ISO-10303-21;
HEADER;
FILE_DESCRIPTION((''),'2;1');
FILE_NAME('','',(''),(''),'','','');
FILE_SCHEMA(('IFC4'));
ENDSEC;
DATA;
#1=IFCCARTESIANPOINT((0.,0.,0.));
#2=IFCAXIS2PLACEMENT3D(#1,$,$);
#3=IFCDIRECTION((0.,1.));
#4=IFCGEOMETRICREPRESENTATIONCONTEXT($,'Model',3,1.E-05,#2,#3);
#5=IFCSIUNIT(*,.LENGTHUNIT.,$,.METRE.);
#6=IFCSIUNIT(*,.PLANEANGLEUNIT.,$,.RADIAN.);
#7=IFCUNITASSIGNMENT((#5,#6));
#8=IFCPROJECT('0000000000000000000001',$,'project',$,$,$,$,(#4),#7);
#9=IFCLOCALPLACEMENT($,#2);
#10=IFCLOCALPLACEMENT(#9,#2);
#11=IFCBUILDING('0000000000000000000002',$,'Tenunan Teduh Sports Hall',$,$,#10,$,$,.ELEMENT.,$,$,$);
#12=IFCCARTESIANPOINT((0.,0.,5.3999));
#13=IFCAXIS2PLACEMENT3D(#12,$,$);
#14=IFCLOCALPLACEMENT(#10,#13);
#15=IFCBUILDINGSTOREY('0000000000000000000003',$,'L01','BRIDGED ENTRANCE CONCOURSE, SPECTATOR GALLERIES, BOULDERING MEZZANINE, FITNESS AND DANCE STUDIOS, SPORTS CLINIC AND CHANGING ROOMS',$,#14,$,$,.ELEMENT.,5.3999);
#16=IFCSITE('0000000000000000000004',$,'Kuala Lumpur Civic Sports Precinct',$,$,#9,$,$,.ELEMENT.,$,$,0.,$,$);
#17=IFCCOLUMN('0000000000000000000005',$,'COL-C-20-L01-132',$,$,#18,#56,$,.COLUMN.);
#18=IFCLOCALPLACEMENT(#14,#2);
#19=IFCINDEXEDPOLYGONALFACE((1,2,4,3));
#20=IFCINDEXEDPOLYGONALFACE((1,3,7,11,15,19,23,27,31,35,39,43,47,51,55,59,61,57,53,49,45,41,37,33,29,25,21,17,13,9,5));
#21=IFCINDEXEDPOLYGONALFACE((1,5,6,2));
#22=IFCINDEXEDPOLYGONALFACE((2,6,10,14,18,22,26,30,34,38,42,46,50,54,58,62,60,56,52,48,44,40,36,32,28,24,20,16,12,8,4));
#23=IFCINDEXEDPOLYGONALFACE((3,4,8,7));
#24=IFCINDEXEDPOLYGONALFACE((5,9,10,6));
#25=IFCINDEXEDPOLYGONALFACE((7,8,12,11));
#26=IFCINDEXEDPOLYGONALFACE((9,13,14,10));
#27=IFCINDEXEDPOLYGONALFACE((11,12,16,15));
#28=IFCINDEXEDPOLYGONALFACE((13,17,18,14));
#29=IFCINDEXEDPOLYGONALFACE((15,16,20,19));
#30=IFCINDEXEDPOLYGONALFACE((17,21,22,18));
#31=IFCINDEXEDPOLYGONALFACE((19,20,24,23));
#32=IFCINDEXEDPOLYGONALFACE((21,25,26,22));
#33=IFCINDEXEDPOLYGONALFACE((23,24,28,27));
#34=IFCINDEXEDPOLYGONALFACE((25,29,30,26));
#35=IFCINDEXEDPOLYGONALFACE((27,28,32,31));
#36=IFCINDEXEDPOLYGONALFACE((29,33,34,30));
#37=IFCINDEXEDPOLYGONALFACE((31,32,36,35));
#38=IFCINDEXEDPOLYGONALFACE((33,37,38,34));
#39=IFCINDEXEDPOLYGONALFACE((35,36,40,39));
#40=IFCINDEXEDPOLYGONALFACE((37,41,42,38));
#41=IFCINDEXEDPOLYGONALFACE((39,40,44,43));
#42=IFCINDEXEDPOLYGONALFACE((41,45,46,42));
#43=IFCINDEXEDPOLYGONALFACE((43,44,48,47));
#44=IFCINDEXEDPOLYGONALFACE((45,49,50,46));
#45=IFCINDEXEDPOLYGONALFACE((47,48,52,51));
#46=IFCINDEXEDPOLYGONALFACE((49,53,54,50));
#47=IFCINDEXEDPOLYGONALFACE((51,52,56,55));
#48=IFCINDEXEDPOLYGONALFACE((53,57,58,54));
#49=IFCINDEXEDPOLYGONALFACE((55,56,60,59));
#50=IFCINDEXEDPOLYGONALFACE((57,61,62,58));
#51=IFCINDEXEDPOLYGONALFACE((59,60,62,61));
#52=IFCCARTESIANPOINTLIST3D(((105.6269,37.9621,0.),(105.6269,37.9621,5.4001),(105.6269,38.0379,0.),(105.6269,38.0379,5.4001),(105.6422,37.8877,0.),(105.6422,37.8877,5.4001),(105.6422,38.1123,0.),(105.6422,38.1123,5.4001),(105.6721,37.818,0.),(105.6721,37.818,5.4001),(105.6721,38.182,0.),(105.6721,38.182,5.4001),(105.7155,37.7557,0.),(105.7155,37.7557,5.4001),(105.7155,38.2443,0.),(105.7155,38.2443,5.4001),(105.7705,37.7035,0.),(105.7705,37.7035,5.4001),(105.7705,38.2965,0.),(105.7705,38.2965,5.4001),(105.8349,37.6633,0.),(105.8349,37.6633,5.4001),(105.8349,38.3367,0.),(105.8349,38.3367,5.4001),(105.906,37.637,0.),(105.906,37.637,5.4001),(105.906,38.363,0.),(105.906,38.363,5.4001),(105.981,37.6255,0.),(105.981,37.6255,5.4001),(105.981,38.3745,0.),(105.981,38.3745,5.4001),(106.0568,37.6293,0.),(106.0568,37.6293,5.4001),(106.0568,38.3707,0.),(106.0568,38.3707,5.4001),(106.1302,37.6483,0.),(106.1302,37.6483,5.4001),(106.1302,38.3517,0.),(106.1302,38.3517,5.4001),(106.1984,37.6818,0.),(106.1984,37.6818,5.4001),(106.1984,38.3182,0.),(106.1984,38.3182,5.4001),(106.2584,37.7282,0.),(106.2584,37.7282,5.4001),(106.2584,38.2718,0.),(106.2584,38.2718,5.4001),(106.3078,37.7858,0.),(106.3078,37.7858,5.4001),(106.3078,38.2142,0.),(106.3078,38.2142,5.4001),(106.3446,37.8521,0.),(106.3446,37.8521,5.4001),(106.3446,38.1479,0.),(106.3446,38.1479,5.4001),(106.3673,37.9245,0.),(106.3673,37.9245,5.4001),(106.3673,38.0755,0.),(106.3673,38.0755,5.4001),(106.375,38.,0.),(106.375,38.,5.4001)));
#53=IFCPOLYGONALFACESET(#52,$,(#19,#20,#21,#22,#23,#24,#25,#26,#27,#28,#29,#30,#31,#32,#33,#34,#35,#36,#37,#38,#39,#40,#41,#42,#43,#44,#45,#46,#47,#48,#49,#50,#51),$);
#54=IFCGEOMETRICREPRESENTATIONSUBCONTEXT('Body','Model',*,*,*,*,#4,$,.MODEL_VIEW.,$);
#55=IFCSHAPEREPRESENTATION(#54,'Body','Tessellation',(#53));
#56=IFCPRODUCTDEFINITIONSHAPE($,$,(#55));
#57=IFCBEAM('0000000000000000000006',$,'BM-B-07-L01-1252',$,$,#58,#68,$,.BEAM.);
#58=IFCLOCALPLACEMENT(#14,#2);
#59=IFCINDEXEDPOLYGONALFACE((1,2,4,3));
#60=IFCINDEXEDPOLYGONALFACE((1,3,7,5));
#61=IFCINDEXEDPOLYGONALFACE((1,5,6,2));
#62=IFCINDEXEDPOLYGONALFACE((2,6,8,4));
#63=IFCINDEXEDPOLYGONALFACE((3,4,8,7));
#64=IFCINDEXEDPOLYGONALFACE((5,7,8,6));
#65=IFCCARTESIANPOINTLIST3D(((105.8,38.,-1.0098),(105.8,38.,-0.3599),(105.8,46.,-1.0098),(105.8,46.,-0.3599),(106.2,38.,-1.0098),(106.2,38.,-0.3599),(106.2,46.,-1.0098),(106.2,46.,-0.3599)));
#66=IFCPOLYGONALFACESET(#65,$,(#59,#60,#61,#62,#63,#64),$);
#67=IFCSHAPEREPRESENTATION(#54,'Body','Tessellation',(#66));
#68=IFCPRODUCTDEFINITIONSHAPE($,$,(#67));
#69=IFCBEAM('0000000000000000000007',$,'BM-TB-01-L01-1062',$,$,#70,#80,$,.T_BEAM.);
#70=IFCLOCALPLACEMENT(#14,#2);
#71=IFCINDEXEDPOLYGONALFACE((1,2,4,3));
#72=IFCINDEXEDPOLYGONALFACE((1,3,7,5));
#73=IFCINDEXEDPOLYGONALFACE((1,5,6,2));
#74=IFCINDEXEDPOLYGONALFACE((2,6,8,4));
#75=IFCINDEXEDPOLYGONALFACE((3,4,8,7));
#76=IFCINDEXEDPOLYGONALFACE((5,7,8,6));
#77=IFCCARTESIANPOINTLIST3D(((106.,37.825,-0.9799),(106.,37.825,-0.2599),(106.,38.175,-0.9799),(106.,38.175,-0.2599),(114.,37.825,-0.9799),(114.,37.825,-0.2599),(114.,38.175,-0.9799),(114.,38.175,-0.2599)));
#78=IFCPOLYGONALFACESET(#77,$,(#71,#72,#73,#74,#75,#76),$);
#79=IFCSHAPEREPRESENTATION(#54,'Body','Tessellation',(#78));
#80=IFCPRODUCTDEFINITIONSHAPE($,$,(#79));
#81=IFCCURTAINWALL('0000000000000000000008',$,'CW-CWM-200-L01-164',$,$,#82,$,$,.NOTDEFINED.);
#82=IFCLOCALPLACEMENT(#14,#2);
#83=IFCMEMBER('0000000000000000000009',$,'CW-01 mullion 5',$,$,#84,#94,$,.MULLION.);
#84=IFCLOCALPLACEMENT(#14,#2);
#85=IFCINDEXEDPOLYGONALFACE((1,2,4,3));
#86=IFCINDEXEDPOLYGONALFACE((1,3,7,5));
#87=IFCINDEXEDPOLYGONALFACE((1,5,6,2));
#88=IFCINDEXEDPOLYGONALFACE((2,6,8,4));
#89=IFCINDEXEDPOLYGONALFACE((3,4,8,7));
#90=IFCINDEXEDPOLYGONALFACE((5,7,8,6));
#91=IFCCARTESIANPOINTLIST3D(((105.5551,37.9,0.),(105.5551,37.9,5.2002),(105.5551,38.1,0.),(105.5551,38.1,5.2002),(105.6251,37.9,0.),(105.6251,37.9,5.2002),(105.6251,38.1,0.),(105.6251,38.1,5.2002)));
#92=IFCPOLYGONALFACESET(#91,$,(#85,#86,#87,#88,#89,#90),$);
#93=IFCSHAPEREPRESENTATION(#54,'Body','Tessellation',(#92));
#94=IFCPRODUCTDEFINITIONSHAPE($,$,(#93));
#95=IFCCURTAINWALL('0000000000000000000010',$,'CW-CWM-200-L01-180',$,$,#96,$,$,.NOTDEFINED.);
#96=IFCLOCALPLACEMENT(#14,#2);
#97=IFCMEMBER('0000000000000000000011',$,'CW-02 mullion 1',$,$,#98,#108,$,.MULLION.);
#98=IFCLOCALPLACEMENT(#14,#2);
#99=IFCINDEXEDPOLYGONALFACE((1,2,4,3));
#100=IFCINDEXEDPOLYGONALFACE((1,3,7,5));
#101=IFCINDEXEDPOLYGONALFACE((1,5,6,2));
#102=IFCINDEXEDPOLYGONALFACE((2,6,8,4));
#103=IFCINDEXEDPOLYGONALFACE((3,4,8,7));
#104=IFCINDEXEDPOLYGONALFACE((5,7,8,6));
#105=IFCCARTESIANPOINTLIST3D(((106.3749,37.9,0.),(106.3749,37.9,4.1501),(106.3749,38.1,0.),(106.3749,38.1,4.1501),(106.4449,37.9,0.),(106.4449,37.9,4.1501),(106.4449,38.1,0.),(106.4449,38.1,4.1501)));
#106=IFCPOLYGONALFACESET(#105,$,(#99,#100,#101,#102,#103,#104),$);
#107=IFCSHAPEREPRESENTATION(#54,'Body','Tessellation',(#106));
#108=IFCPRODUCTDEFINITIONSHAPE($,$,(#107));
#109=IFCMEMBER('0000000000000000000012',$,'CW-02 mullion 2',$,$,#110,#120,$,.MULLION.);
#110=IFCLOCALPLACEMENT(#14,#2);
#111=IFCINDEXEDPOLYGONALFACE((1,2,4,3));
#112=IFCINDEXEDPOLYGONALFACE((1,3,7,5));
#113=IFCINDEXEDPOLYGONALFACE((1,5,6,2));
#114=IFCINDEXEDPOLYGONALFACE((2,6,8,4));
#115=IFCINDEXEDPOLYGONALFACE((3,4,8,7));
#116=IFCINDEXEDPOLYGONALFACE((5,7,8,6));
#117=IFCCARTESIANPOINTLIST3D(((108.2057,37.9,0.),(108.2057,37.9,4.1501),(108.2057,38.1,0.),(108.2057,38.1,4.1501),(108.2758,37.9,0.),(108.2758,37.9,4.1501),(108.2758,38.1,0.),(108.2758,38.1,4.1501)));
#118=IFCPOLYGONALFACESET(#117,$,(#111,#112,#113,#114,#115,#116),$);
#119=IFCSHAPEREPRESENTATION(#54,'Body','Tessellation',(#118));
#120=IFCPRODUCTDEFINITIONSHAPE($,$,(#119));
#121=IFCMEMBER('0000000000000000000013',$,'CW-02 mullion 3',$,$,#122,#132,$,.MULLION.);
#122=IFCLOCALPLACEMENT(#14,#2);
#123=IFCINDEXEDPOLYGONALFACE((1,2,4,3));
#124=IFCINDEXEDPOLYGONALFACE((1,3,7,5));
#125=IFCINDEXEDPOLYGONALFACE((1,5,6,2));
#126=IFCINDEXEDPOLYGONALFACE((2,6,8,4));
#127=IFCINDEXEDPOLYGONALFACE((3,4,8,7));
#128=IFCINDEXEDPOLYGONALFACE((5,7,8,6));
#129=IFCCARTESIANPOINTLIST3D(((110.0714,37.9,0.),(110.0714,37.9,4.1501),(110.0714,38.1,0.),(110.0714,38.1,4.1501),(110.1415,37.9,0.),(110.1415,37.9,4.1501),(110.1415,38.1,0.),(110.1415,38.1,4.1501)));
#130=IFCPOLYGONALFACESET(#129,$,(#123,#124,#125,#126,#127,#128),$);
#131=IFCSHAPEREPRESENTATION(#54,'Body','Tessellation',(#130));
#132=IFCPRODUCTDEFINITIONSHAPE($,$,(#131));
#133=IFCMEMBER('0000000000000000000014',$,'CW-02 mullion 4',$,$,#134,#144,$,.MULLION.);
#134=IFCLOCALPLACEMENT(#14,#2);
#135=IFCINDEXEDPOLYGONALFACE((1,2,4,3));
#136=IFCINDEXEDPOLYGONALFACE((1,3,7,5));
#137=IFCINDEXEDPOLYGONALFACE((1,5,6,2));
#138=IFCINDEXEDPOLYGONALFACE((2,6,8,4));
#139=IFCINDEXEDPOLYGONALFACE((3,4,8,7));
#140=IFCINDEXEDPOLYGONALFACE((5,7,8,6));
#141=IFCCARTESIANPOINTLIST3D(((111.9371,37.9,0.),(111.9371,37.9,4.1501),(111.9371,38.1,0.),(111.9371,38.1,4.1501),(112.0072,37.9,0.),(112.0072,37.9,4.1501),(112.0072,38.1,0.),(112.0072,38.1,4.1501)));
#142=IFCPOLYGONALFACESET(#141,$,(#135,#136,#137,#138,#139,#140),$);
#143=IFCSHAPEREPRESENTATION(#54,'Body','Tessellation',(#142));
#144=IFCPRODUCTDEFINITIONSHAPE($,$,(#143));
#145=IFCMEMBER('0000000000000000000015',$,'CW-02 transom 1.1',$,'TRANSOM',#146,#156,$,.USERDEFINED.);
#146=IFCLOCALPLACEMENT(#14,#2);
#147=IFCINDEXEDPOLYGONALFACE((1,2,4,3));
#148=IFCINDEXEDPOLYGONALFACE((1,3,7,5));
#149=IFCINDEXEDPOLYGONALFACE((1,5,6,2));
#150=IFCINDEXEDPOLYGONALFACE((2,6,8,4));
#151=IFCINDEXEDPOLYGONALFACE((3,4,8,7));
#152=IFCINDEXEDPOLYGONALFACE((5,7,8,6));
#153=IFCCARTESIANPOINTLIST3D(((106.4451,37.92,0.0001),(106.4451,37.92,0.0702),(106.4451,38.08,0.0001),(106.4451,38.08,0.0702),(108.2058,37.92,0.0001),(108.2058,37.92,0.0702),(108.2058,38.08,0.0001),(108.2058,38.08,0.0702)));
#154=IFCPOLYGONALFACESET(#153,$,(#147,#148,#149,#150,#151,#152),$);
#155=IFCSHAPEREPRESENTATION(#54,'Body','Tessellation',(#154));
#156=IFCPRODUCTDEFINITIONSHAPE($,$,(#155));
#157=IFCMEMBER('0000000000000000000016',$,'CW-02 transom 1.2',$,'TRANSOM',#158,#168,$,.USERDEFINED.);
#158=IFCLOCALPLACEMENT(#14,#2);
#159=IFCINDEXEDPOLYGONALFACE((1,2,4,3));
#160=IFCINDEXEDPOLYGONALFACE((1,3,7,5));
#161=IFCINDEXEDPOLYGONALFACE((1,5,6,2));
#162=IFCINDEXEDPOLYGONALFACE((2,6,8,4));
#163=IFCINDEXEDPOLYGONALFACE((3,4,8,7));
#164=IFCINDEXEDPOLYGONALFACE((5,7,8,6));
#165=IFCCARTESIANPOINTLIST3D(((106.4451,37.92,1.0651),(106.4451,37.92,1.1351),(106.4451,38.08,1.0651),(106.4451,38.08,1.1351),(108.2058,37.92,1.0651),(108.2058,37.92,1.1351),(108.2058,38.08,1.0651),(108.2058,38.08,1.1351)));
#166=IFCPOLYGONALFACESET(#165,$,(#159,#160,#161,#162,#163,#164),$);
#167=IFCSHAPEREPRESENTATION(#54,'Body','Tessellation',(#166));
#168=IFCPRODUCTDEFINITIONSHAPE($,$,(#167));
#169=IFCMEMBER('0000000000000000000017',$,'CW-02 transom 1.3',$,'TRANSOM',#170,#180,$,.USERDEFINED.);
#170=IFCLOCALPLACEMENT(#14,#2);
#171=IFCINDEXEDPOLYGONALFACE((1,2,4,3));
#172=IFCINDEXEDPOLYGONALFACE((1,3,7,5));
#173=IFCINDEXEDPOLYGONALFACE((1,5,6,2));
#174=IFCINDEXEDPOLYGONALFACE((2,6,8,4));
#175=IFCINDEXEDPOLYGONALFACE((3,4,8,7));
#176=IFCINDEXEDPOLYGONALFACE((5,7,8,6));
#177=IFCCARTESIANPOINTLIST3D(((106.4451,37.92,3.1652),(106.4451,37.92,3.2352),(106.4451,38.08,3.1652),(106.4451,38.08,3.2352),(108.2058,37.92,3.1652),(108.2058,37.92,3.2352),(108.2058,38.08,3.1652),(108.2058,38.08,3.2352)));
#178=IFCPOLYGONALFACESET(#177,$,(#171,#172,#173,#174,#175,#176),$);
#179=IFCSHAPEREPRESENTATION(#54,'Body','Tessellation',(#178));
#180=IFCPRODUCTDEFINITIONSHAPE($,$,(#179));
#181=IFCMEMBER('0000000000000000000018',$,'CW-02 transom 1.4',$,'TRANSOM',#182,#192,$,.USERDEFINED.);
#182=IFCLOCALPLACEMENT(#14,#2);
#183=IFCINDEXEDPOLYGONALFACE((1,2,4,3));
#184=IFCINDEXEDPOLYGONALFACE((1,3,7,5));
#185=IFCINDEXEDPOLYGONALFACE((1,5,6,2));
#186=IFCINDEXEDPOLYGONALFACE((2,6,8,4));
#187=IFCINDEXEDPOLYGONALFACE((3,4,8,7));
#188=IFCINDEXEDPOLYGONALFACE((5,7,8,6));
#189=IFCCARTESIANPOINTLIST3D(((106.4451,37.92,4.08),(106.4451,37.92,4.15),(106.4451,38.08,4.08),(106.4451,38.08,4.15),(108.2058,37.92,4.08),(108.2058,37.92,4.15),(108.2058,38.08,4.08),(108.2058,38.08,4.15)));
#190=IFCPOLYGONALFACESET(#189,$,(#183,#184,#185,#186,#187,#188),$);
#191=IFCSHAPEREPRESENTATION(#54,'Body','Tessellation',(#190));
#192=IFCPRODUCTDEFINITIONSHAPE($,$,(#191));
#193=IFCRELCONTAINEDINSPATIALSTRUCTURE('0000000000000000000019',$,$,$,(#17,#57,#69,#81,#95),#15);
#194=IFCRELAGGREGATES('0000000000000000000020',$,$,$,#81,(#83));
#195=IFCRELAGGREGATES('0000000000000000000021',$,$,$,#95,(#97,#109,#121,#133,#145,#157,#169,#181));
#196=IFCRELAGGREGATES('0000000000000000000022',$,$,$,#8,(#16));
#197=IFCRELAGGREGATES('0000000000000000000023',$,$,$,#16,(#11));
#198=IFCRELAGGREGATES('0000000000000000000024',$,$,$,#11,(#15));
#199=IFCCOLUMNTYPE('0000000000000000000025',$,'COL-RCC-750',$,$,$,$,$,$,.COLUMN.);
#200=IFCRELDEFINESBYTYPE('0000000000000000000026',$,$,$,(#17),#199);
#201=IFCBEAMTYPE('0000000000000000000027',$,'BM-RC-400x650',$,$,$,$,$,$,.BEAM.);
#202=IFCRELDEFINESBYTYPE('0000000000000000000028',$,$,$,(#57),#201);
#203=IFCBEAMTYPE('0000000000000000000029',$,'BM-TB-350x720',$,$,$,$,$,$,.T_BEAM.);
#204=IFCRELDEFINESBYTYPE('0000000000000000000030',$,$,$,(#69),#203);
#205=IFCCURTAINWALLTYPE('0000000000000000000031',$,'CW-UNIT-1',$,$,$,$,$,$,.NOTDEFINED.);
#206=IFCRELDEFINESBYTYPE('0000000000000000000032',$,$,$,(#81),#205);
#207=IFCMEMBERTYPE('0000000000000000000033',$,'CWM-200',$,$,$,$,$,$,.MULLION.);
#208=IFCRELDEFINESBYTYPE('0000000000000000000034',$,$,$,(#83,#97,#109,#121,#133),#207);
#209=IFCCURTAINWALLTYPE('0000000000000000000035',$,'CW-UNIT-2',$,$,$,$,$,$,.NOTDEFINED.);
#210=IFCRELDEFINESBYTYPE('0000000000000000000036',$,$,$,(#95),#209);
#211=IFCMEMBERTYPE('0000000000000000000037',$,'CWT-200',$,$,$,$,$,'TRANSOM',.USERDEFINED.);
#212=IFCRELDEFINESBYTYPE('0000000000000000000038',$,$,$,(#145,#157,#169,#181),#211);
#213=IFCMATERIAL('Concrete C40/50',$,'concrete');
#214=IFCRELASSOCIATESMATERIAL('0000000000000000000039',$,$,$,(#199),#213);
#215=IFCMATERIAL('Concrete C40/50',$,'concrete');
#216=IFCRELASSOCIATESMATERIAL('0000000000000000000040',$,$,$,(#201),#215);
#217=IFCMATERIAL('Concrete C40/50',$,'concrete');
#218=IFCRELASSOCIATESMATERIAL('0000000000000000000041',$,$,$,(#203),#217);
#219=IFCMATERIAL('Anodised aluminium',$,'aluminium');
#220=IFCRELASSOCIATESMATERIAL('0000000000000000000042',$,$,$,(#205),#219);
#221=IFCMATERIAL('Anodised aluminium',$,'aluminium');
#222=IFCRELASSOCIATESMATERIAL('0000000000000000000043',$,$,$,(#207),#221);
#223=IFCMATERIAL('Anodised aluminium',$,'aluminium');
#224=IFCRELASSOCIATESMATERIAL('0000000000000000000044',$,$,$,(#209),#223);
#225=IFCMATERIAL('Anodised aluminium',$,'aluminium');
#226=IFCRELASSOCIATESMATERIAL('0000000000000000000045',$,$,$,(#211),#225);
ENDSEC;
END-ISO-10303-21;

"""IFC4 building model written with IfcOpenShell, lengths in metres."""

from ifc_helpers import new_model, si_unit, direction, frame, origin, origin_2d, place, context, subcontext, project, spatial, rectangle, circle, extrude, material, material_profile, profile_set, type_object, element, aggregate, save


model = new_model("IFC4")

# Units and contexts
model_context = context("Model", 3, precision=1e-05, world=origin(), true_north=direction((0.0, 1.0)))
body_context = subcontext(model_context, "Body", "Model", "MODEL_VIEW")
ifc_project = project(units=[si_unit("LENGTHUNIT", "METRE"), si_unit("PLANEANGLEUNIT", "RADIAN")], contexts=[model_context])

# Site, building, storey
site_placement = place(None, origin())
site = spatial("IfcSite", under=ifc_project, at=site_placement, Name="Kuala Lumpur Civic Sports Precinct", CompositionType="ELEMENT", RefElevation=0.0)
building_placement = place(site_placement, origin())
building = spatial("IfcBuilding", under=site, at=building_placement, Name="Tenunan Teduh Sports Hall", CompositionType="ELEMENT")
storey_placement = place(building_placement, frame((0.0, 0.0, 5.3999)))
storey = spatial("IfcBuildingStorey", under=building, at=storey_placement, Name="L01", Description="BRIDGED ENTRANCE CONCOURSE, SPECTATOR GALLERIES, BOULDERING MEZZANINE, FITNESS AND DANCE STUDIOS, SPORTS CLINIC AND CHANGING ROOMS", CompositionType="ELEMENT", Elevation=5.3999)

# Column
ifc_material_1 = material(Name="Concrete C40/50", Category="concrete")
ifc_material_profile_1 = material_profile(ifc_material_1, circle(Radius=0.375, at=origin_2d()), Name="RCC D750")
ifc_profile_set_1 = profile_set([ifc_material_profile_1], Name="Concrete C40/50")
column_type = type_object("IfcColumnType", Name="COL-RCC-750", PredefinedType="COLUMN", material=ifc_profile_set_1)
column_placement = place(storey_placement, frame((106.0, 38.0, 0.0), z_axis=(0.0, 0.0, 1.0), x_axis=(1.0, 0.0, 0.0)))
element("IfcColumn", 1, at=column_placement, inside=storey, type_object=column_type, Name="COL-C-20-L01-132", PredefinedType="COLUMN", context=body_context, shape_type="SweptSolid", body=[
    extrude(circle(Radius=0.375, at=origin_2d()), origin(), (0.0, 0.0, 1.0), 5.4001),
])

# Beams
ifc_material_2 = material(Name="Concrete C40/50", Category="concrete")
ifc_material_profile_2 = material_profile(ifc_material_2, rectangle(XDim=0.3999, YDim=0.6499, at=origin_2d()), Name="RCB 400x650")
ifc_profile_set_2 = profile_set([ifc_material_profile_2], Name="Concrete C40/50")
beam_type_1 = type_object("IfcBeamType", Name="BM-RC-400x650", PredefinedType="BEAM", material=ifc_profile_set_2)
beam_1_placement = place(storey_placement, frame((106.0, 38.0, -0.6848), z_axis=(0.0, 1.0, 0.0), x_axis=(-1.0, 0.0, 0.0)))
element("IfcBeam", 2, at=beam_1_placement, inside=storey, type_object=beam_type_1, Name="BM-B-07-L01-1252", PredefinedType="BEAM", context=body_context, shape_type="SweptSolid", body=[
    extrude(rectangle(XDim=0.3999, YDim=0.6499, at=origin_2d()), origin(), (0.0, 0.0, 1.0), 8.0),
])
ifc_material_3 = material(Name="Concrete C40/50", Category="concrete")
ifc_material_profile_3 = material_profile(ifc_material_3, rectangle(XDim=0.3501, YDim=0.72, at=origin_2d()), Name="TB 350x720")
ifc_profile_set_3 = profile_set([ifc_material_profile_3], Name="Concrete C40/50")
beam_type_2 = type_object("IfcBeamType", Name="BM-TB-350x720", PredefinedType="T_BEAM", material=ifc_profile_set_3)
beam_2_placement = place(storey_placement, frame((106.0, 38.0, -0.6199), z_axis=(1.0, 0.0, 0.0), x_axis=(0.0, 1.0, 0.0)))
element("IfcBeam", 3, at=beam_2_placement, inside=storey, type_object=beam_type_2, Name="BM-TB-01-L01-1062", PredefinedType="T_BEAM", context=body_context, shape_type="SweptSolid", body=[
    extrude(rectangle(XDim=0.3501, YDim=0.72, at=origin_2d()), origin(), (0.0, 0.0, 1.0), 8.0),
])

# Curtain wall, member
ifc_material_4 = material(Name="Anodised aluminium", Category="aluminium")
curtain_wall_type_1 = type_object("IfcCurtainWallType", Name="CW-UNIT-1", PredefinedType="NOTDEFINED", material=ifc_material_4)
curtain_wall_1_placement = place(storey_placement, origin())
curtain_wall_1 = element("IfcCurtainWall", 4, at=curtain_wall_1_placement, inside=storey, type_object=curtain_wall_type_1, Name="CW-CWM-200-L01-164", PredefinedType="NOTDEFINED")
ifc_material_5 = material(Name="Anodised aluminium", Category="aluminium")
ifc_material_profile_4 = material_profile(ifc_material_5, rectangle(XDim=0.0701, YDim=0.2, at=origin_2d()), Name="CWM 70x200")
ifc_profile_set_4 = profile_set([ifc_material_profile_4], Name="Anodised aluminium")
member_type_1 = type_object("IfcMemberType", Name="CWM-200", PredefinedType="MULLION", material=ifc_profile_set_4)
member_1_placement = place(storey_placement, frame((105.5901, 38.0, 0.0), z_axis=(0.0, 0.0, 1.0), x_axis=(1.0, 0.0, 0.0)))
member_1 = element("IfcMember", 5, at=member_1_placement, type_object=member_type_1, Name="CW-01 mullion 5", PredefinedType="MULLION", context=body_context, shape_type="SweptSolid", body=[
    extrude(rectangle(XDim=0.0701, YDim=0.2, at=origin_2d()), origin(), (0.0, 0.0, 1.0), 5.2002),
])
aggregate(curtain_wall_1, [member_1])

# Curtain wall, members
ifc_material_6 = material(Name="Anodised aluminium", Category="aluminium")
curtain_wall_type_2 = type_object("IfcCurtainWallType", Name="CW-UNIT-2", PredefinedType="NOTDEFINED", material=ifc_material_6)
curtain_wall_2_placement = place(storey_placement, origin())
curtain_wall_2 = element("IfcCurtainWall", 6, at=curtain_wall_2_placement, inside=storey, type_object=curtain_wall_type_2, Name="CW-CWM-200-L01-180", PredefinedType="NOTDEFINED")
member_2_placement = place(storey_placement, frame((106.4099, 38.0, 0.0), z_axis=(0.0, 0.0, 1.0), x_axis=(1.0, 0.0, 0.0)))
member_2 = element("IfcMember", 7, at=member_2_placement, type_object=member_type_1, Name="CW-02 mullion 1", PredefinedType="MULLION", context=body_context, shape_type="SweptSolid", body=[
    extrude(rectangle(XDim=0.0701, YDim=0.2, at=origin_2d()), origin(), (0.0, 0.0, 1.0), 4.1501),
])
member_3_placement = place(storey_placement, frame((108.2407, 38.0, 0.0), z_axis=(0.0, 0.0, 1.0), x_axis=(1.0, 0.0, 0.0)))
member_3 = element("IfcMember", 8, at=member_3_placement, type_object=member_type_1, Name="CW-02 mullion 2", PredefinedType="MULLION", context=body_context, shape_type="SweptSolid", body=[
    extrude(rectangle(XDim=0.0701, YDim=0.2, at=origin_2d()), origin(), (0.0, 0.0, 1.0), 4.1501),
])
member_4_placement = place(storey_placement, frame((110.1064, 38.0, 0.0), z_axis=(0.0, 0.0, 1.0), x_axis=(1.0, 0.0, 0.0)))
member_4 = element("IfcMember", 9, at=member_4_placement, type_object=member_type_1, Name="CW-02 mullion 3", PredefinedType="MULLION", context=body_context, shape_type="SweptSolid", body=[
    extrude(rectangle(XDim=0.0701, YDim=0.2, at=origin_2d()), origin(), (0.0, 0.0, 1.0), 4.1501),
])
member_5_placement = place(storey_placement, frame((111.9722, 38.0, 0.0), z_axis=(0.0, 0.0, 1.0), x_axis=(1.0, 0.0, 0.0)))
member_5 = element("IfcMember", 10, at=member_5_placement, type_object=member_type_1, Name="CW-02 mullion 4", PredefinedType="MULLION", context=body_context, shape_type="SweptSolid", body=[
    extrude(rectangle(XDim=0.0701, YDim=0.2, at=origin_2d()), origin(), (0.0, 0.0, 1.0), 4.1501),
])
ifc_material_7 = material(Name="Anodised aluminium", Category="aluminium")
ifc_material_profile_5 = material_profile(ifc_material_7, rectangle(XDim=0.0701, YDim=0.1599, at=origin_2d()), Name="CWT 70x160")
ifc_profile_set_5 = profile_set([ifc_material_profile_5], Name="Anodised aluminium")
member_type_2 = type_object("IfcMemberType", Name="CWT-200", ElementType="TRANSOM", PredefinedType="USERDEFINED", material=ifc_profile_set_5)
member_6_placement = place(storey_placement, frame((106.4451, 38.0, 0.0352), z_axis=(1.0, 0.0, 0.0), x_axis=(0.0, 0.0, 1.0)))
member_6 = element("IfcMember", 11, at=member_6_placement, type_object=member_type_2, Name="CW-02 transom 1.1", ObjectType="TRANSOM", PredefinedType="USERDEFINED", context=body_context, shape_type="SweptSolid", body=[
    extrude(rectangle(XDim=0.0701, YDim=0.1599, at=origin_2d()), origin(), (0.0, 0.0, 1.0), 1.7607),
])
member_7_placement = place(storey_placement, frame((106.4451, 38.0, 1.1001), z_axis=(1.0, 0.0, 0.0), x_axis=(0.0, 0.0, 1.0)))
member_7 = element("IfcMember", 12, at=member_7_placement, type_object=member_type_2, Name="CW-02 transom 1.2", ObjectType="TRANSOM", PredefinedType="USERDEFINED", context=body_context, shape_type="SweptSolid", body=[
    extrude(rectangle(XDim=0.0701, YDim=0.1599, at=origin_2d()), origin(), (0.0, 0.0, 1.0), 1.7607),
])
member_8_placement = place(storey_placement, frame((106.4451, 38.0, 3.2002), z_axis=(1.0, 0.0, 0.0), x_axis=(0.0, 0.0, 1.0)))
member_8 = element("IfcMember", 13, at=member_8_placement, type_object=member_type_2, Name="CW-02 transom 1.3", ObjectType="TRANSOM", PredefinedType="USERDEFINED", context=body_context, shape_type="SweptSolid", body=[
    extrude(rectangle(XDim=0.0701, YDim=0.1599, at=origin_2d()), origin(), (0.0, 0.0, 1.0), 1.7607),
])
member_9_placement = place(storey_placement, frame((106.4451, 38.0, 4.115), z_axis=(1.0, 0.0, 0.0), x_axis=(0.0, 0.0, 1.0)))
member_9 = element("IfcMember", 14, at=member_9_placement, type_object=member_type_2, Name="CW-02 transom 1.4", ObjectType="TRANSOM", PredefinedType="USERDEFINED", context=body_context, shape_type="SweptSolid", body=[
    extrude(rectangle(XDim=0.0701, YDim=0.1599, at=origin_2d()), origin(), (0.0, 0.0, 1.0), 1.7607),
])

aggregate(curtain_wall_2, [member_2, member_3, member_4, member_5, member_6, member_7, member_8, member_9])

save(model, "model.ifc")
